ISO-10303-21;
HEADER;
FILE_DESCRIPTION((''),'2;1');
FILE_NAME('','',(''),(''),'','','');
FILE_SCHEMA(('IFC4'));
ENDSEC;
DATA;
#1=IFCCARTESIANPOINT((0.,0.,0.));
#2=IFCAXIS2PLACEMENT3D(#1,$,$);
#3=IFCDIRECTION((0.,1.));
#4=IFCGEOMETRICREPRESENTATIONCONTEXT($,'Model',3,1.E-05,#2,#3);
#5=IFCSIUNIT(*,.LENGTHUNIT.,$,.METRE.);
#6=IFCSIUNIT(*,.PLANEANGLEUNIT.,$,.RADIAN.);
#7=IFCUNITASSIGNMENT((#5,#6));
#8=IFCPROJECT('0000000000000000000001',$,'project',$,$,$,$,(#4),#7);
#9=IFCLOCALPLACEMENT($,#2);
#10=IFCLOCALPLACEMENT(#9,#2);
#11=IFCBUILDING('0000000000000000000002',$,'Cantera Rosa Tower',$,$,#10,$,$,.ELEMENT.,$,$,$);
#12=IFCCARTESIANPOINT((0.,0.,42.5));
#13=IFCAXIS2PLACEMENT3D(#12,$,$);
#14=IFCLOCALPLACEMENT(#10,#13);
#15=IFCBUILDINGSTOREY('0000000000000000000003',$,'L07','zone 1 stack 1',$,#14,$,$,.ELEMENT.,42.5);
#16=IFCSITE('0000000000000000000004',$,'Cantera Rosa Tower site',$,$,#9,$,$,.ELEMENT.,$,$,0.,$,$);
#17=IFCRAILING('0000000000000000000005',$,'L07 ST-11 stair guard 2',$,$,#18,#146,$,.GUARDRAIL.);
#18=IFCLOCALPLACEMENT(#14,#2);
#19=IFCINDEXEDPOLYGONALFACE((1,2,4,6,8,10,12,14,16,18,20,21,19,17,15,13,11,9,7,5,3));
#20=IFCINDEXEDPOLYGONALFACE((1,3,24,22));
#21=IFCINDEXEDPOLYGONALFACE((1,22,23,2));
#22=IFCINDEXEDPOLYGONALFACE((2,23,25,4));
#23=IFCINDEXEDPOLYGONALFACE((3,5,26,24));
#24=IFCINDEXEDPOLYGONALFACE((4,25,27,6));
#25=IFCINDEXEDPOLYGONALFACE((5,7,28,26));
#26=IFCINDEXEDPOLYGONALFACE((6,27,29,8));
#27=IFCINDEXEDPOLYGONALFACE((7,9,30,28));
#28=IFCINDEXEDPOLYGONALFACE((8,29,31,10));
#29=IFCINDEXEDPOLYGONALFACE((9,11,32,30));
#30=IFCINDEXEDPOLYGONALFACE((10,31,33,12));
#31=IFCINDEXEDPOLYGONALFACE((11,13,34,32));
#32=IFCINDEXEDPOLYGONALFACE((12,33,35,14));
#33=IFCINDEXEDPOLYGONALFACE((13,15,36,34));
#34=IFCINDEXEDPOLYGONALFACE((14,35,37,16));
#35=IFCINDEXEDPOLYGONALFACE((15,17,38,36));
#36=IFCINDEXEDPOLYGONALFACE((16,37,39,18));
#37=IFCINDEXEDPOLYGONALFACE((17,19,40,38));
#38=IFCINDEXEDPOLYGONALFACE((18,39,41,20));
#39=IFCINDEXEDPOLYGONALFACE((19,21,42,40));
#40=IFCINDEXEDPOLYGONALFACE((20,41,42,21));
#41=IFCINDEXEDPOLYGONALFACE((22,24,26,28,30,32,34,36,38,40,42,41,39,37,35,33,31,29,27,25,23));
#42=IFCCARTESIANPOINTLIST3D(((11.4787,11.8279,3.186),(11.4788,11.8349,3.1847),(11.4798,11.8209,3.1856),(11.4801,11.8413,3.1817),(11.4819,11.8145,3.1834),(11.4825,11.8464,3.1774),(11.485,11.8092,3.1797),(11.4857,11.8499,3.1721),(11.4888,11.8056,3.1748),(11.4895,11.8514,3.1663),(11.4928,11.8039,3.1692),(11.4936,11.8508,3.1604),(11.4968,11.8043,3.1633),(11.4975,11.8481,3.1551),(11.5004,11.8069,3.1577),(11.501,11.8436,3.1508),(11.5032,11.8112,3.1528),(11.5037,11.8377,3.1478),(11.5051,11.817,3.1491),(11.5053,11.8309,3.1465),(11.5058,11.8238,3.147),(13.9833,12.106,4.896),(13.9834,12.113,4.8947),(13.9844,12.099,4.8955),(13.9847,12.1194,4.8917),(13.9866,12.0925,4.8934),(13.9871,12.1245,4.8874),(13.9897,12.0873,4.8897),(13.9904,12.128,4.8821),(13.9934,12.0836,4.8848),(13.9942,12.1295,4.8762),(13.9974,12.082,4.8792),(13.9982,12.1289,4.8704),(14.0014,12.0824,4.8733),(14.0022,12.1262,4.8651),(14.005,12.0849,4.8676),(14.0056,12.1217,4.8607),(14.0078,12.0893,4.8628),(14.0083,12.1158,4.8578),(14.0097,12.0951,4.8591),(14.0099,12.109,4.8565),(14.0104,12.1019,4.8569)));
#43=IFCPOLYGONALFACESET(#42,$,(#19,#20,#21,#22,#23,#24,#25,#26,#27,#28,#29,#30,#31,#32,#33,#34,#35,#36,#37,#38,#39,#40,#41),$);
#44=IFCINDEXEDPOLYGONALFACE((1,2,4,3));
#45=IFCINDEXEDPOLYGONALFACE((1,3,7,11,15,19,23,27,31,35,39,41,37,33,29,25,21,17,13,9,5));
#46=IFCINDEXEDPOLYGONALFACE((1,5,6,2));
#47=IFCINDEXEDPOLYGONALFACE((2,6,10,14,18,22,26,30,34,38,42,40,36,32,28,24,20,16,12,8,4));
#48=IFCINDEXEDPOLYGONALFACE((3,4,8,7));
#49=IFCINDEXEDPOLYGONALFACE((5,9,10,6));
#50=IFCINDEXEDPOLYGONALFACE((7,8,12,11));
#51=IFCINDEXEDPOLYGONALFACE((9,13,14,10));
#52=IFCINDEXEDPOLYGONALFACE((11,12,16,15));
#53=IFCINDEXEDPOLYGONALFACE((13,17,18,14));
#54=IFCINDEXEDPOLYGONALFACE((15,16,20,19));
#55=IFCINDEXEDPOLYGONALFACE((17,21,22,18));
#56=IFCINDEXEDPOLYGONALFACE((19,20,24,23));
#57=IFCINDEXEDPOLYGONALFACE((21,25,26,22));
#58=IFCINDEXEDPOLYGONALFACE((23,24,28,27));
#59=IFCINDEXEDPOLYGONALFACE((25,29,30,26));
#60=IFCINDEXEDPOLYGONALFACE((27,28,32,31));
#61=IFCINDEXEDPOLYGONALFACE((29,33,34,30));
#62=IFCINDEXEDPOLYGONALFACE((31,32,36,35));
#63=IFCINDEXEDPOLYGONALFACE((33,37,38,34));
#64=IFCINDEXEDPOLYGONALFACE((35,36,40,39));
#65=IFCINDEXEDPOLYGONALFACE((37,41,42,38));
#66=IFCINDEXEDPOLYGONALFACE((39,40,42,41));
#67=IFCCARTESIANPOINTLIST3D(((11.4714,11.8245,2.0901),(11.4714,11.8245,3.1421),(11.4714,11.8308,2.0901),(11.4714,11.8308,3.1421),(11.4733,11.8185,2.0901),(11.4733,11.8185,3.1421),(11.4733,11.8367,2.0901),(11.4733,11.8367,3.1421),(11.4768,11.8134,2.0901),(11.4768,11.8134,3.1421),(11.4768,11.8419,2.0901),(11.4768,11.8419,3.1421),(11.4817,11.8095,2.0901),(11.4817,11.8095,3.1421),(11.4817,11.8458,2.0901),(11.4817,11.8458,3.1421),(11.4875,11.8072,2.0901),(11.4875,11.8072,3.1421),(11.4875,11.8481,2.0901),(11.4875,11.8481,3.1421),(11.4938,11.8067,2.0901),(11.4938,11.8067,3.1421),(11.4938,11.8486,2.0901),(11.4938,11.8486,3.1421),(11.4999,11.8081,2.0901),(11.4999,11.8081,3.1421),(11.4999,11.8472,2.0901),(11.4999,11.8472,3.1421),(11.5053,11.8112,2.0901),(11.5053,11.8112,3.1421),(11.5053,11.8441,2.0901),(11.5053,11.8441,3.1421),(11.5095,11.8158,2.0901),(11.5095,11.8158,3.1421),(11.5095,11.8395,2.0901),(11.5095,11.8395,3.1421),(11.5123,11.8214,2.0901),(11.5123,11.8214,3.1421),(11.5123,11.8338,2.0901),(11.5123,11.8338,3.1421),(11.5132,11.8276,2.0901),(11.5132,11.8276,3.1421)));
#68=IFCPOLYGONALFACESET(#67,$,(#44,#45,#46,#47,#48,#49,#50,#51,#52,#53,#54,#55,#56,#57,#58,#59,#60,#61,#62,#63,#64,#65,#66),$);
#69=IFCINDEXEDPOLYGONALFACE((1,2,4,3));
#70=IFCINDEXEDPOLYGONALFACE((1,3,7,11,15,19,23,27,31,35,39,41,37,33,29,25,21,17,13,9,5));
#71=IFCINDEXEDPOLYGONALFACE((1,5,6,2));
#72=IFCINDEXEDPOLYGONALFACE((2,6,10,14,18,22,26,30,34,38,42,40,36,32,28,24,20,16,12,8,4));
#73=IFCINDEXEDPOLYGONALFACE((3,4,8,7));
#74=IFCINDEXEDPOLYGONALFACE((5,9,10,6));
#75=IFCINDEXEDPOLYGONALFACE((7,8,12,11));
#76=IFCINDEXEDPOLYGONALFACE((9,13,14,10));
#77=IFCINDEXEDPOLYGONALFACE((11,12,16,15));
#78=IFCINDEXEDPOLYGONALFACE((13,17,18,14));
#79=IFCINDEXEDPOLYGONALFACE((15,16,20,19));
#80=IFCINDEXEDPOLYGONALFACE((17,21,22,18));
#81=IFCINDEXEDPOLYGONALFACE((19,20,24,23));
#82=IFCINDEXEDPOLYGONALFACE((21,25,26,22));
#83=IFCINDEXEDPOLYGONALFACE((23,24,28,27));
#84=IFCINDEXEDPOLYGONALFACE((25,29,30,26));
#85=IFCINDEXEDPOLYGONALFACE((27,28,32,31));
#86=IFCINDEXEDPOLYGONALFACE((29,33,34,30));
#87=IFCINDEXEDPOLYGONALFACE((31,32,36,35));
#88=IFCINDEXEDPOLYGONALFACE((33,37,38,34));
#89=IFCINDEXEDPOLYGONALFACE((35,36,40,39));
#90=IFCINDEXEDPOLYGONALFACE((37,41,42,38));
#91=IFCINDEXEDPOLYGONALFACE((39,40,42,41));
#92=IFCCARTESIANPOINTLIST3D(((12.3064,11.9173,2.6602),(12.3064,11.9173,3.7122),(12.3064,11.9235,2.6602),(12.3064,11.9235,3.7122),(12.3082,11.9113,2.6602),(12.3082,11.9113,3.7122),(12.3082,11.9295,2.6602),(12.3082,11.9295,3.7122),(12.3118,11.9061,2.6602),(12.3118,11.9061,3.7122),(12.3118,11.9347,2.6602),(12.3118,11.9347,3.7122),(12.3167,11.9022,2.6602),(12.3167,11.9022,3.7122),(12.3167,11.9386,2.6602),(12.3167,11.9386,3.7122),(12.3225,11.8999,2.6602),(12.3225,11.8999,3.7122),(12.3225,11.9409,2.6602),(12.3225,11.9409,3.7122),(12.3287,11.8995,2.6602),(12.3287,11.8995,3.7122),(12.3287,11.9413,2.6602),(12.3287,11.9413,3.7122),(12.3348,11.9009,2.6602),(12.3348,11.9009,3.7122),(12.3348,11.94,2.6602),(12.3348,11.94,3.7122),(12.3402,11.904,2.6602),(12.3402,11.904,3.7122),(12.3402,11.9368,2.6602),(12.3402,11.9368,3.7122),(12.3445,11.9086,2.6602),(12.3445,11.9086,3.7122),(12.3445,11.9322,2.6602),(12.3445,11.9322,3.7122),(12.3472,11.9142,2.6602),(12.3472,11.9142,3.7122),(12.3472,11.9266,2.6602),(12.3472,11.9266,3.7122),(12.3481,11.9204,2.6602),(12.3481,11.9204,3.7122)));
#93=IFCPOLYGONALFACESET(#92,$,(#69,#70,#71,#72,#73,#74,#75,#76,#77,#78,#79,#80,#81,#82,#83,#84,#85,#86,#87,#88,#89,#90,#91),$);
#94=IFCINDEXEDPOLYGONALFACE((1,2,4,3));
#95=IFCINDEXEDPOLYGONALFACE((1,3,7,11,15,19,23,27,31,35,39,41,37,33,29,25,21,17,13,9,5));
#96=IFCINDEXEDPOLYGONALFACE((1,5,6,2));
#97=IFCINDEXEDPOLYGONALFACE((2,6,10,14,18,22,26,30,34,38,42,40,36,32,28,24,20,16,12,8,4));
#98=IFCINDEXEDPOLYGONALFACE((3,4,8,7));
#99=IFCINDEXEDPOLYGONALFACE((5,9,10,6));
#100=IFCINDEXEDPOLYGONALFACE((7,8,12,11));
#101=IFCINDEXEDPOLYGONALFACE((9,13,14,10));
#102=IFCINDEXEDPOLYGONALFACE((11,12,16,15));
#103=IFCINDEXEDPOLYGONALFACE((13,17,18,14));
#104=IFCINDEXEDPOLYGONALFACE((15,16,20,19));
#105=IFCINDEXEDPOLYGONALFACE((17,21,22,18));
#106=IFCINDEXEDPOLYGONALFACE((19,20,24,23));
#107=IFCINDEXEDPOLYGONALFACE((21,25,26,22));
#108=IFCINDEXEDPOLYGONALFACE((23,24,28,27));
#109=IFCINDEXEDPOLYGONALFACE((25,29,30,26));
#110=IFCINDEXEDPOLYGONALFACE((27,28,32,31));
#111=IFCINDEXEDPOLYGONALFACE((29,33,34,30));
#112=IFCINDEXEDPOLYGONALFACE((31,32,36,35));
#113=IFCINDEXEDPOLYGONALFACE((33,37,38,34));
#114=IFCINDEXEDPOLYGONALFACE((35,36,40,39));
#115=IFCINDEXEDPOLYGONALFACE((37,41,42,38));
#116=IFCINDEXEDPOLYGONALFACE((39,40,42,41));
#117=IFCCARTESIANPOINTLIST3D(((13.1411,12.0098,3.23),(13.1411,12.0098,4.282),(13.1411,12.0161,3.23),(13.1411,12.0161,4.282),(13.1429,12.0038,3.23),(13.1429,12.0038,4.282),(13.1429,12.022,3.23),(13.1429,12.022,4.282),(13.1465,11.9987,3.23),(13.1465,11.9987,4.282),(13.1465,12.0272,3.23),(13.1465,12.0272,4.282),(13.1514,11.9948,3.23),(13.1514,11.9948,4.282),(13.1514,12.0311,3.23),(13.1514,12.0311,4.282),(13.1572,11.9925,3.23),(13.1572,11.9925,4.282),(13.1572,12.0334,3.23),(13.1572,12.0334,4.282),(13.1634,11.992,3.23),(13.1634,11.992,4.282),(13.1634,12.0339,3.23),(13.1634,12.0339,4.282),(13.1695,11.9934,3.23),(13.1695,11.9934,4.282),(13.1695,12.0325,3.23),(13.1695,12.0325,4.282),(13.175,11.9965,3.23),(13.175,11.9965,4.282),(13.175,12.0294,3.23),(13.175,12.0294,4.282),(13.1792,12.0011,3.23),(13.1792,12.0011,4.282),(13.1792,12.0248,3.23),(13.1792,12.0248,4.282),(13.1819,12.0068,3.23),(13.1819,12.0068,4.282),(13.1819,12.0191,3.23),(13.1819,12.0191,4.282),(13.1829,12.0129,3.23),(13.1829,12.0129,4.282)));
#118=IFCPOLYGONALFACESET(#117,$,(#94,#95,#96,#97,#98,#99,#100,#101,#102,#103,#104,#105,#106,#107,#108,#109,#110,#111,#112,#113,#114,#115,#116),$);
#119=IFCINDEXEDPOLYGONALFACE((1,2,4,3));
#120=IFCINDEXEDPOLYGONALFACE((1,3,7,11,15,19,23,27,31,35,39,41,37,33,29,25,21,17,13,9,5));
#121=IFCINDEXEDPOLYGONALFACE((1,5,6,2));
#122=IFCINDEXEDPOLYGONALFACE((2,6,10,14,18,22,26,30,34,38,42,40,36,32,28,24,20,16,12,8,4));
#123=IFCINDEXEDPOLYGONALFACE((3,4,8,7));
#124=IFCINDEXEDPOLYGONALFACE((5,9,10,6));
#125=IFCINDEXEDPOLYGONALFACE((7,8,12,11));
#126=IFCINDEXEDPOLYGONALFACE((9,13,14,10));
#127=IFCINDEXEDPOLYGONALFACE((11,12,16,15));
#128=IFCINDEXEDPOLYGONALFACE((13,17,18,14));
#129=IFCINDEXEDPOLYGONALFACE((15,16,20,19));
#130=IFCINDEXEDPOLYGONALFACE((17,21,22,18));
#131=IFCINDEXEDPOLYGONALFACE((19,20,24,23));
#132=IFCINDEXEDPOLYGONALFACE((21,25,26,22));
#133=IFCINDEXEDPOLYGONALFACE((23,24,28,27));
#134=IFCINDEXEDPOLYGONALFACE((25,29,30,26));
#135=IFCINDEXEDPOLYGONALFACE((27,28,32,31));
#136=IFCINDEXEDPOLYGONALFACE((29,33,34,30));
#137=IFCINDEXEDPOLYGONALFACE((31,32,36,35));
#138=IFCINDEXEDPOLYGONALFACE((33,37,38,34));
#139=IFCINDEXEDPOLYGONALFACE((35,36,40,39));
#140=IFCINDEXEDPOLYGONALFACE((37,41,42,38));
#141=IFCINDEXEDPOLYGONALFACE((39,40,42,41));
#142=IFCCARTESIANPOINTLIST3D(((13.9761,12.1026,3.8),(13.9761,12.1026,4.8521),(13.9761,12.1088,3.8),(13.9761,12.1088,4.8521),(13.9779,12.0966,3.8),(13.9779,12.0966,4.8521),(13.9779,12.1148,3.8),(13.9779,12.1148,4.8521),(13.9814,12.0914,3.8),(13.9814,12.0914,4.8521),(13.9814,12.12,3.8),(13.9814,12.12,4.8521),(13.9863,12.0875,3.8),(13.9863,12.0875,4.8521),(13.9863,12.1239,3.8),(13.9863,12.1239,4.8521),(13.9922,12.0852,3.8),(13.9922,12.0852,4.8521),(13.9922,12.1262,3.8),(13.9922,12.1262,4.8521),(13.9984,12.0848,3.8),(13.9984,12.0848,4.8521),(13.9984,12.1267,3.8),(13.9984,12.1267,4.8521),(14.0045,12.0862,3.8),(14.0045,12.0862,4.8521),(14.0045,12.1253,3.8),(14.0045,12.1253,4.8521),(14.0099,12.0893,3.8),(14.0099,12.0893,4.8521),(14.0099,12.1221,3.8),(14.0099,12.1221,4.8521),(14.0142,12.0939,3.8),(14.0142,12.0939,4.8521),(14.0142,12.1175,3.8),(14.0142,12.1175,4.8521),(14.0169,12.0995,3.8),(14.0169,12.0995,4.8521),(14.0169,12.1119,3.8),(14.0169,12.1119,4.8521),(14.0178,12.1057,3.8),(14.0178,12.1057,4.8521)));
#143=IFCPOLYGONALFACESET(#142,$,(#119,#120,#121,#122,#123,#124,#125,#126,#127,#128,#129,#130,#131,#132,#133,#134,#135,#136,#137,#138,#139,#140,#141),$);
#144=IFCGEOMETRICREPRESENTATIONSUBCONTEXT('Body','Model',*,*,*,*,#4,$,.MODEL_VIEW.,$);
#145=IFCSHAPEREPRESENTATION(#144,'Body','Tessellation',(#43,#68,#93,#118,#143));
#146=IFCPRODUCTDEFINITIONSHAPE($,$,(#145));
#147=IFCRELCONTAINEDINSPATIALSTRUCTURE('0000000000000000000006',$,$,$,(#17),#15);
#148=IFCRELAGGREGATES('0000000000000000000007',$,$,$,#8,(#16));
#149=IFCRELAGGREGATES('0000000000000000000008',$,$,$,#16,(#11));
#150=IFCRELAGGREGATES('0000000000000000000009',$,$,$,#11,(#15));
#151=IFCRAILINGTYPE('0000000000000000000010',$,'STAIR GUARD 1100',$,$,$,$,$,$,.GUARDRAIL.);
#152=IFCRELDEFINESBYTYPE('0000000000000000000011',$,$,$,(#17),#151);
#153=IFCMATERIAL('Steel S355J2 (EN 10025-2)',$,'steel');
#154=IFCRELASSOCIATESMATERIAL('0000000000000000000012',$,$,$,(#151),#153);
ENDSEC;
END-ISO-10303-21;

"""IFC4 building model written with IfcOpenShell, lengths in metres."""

from ifc_helpers import new_model, si_unit, direction, frame, origin, origin_2d, place, context, subcontext, project, spatial, circle, extrude, material, type_object, element, save


model = new_model("IFC4")

# Units and contexts
model_context = context("Model", 3, precision=1e-05, world=origin(), true_north=direction((0.0, 1.0)))
body_context = subcontext(model_context, "Body", "Model", "MODEL_VIEW")
ifc_project = project(units=[si_unit("LENGTHUNIT", "METRE"), si_unit("PLANEANGLEUNIT", "RADIAN")], contexts=[model_context])

# Site, building, storey
site_placement = place(None, origin())
site = spatial("IfcSite", under=ifc_project, at=site_placement, Name="Cantera Rosa Tower site", CompositionType="ELEMENT", RefElevation=0.0)
building_placement = place(site_placement, origin())
building = spatial("IfcBuilding", under=site, at=building_placement, Name="Cantera Rosa Tower", CompositionType="ELEMENT")
storey_placement = place(building_placement, frame((0.0, 0.0, 42.5)))
storey = spatial("IfcBuildingStorey", under=building, at=storey_placement, Name="L07", Description="zone 1 stack 1", CompositionType="ELEMENT", Elevation=42.5)

# Railing
ifc_material_1 = material(Name="Steel S355J2 (EN 10025-2)", Category="steel")
railing_type_1 = type_object("IfcRailingType", Name="STAIR GUARD 1100", PredefinedType="GUARDRAIL", material=ifc_material_1)
railing_1_placement = place(storey_placement, frame((11.4922, 11.8276, 2.0901)))
element("IfcRailing", 1, at=railing_1_placement, inside=storey, type_object=railing_type_1, Name="L07 ST-11 stair guard 2", PredefinedType="GUARDRAIL", context=body_context, shape_type="SweptSolid", body=[
    extrude(circle(Radius=0.0239, at=origin_2d()), frame((0.0, 0.0, 1.0762), z_axis=(0.822431, 0.09131, 0.561488), x_axis=(-0.110346, 0.993893, 0.0)), (0.0, 0.0, 1.0), 3.0454),
    extrude(circle(Radius=0.021, at=origin_2d()), origin(), (0.0, 0.0, 1.0), 1.052),
    extrude(circle(Radius=0.021, at=origin_2d()), frame((0.835, 0.0928, 0.5701)), (0.0, 0.0, 1.0), 1.052),
    extrude(circle(Radius=0.021, at=origin_2d()), frame((1.6697, 0.1853, 1.1399)), (0.0, 0.0, 1.0), 1.052),
    extrude(circle(Radius=0.021, at=origin_2d()), frame((2.5046, 0.2781, 1.71)), (0.0, 0.0, 1.0), 1.052),
])

save(model, "model.ifc")
